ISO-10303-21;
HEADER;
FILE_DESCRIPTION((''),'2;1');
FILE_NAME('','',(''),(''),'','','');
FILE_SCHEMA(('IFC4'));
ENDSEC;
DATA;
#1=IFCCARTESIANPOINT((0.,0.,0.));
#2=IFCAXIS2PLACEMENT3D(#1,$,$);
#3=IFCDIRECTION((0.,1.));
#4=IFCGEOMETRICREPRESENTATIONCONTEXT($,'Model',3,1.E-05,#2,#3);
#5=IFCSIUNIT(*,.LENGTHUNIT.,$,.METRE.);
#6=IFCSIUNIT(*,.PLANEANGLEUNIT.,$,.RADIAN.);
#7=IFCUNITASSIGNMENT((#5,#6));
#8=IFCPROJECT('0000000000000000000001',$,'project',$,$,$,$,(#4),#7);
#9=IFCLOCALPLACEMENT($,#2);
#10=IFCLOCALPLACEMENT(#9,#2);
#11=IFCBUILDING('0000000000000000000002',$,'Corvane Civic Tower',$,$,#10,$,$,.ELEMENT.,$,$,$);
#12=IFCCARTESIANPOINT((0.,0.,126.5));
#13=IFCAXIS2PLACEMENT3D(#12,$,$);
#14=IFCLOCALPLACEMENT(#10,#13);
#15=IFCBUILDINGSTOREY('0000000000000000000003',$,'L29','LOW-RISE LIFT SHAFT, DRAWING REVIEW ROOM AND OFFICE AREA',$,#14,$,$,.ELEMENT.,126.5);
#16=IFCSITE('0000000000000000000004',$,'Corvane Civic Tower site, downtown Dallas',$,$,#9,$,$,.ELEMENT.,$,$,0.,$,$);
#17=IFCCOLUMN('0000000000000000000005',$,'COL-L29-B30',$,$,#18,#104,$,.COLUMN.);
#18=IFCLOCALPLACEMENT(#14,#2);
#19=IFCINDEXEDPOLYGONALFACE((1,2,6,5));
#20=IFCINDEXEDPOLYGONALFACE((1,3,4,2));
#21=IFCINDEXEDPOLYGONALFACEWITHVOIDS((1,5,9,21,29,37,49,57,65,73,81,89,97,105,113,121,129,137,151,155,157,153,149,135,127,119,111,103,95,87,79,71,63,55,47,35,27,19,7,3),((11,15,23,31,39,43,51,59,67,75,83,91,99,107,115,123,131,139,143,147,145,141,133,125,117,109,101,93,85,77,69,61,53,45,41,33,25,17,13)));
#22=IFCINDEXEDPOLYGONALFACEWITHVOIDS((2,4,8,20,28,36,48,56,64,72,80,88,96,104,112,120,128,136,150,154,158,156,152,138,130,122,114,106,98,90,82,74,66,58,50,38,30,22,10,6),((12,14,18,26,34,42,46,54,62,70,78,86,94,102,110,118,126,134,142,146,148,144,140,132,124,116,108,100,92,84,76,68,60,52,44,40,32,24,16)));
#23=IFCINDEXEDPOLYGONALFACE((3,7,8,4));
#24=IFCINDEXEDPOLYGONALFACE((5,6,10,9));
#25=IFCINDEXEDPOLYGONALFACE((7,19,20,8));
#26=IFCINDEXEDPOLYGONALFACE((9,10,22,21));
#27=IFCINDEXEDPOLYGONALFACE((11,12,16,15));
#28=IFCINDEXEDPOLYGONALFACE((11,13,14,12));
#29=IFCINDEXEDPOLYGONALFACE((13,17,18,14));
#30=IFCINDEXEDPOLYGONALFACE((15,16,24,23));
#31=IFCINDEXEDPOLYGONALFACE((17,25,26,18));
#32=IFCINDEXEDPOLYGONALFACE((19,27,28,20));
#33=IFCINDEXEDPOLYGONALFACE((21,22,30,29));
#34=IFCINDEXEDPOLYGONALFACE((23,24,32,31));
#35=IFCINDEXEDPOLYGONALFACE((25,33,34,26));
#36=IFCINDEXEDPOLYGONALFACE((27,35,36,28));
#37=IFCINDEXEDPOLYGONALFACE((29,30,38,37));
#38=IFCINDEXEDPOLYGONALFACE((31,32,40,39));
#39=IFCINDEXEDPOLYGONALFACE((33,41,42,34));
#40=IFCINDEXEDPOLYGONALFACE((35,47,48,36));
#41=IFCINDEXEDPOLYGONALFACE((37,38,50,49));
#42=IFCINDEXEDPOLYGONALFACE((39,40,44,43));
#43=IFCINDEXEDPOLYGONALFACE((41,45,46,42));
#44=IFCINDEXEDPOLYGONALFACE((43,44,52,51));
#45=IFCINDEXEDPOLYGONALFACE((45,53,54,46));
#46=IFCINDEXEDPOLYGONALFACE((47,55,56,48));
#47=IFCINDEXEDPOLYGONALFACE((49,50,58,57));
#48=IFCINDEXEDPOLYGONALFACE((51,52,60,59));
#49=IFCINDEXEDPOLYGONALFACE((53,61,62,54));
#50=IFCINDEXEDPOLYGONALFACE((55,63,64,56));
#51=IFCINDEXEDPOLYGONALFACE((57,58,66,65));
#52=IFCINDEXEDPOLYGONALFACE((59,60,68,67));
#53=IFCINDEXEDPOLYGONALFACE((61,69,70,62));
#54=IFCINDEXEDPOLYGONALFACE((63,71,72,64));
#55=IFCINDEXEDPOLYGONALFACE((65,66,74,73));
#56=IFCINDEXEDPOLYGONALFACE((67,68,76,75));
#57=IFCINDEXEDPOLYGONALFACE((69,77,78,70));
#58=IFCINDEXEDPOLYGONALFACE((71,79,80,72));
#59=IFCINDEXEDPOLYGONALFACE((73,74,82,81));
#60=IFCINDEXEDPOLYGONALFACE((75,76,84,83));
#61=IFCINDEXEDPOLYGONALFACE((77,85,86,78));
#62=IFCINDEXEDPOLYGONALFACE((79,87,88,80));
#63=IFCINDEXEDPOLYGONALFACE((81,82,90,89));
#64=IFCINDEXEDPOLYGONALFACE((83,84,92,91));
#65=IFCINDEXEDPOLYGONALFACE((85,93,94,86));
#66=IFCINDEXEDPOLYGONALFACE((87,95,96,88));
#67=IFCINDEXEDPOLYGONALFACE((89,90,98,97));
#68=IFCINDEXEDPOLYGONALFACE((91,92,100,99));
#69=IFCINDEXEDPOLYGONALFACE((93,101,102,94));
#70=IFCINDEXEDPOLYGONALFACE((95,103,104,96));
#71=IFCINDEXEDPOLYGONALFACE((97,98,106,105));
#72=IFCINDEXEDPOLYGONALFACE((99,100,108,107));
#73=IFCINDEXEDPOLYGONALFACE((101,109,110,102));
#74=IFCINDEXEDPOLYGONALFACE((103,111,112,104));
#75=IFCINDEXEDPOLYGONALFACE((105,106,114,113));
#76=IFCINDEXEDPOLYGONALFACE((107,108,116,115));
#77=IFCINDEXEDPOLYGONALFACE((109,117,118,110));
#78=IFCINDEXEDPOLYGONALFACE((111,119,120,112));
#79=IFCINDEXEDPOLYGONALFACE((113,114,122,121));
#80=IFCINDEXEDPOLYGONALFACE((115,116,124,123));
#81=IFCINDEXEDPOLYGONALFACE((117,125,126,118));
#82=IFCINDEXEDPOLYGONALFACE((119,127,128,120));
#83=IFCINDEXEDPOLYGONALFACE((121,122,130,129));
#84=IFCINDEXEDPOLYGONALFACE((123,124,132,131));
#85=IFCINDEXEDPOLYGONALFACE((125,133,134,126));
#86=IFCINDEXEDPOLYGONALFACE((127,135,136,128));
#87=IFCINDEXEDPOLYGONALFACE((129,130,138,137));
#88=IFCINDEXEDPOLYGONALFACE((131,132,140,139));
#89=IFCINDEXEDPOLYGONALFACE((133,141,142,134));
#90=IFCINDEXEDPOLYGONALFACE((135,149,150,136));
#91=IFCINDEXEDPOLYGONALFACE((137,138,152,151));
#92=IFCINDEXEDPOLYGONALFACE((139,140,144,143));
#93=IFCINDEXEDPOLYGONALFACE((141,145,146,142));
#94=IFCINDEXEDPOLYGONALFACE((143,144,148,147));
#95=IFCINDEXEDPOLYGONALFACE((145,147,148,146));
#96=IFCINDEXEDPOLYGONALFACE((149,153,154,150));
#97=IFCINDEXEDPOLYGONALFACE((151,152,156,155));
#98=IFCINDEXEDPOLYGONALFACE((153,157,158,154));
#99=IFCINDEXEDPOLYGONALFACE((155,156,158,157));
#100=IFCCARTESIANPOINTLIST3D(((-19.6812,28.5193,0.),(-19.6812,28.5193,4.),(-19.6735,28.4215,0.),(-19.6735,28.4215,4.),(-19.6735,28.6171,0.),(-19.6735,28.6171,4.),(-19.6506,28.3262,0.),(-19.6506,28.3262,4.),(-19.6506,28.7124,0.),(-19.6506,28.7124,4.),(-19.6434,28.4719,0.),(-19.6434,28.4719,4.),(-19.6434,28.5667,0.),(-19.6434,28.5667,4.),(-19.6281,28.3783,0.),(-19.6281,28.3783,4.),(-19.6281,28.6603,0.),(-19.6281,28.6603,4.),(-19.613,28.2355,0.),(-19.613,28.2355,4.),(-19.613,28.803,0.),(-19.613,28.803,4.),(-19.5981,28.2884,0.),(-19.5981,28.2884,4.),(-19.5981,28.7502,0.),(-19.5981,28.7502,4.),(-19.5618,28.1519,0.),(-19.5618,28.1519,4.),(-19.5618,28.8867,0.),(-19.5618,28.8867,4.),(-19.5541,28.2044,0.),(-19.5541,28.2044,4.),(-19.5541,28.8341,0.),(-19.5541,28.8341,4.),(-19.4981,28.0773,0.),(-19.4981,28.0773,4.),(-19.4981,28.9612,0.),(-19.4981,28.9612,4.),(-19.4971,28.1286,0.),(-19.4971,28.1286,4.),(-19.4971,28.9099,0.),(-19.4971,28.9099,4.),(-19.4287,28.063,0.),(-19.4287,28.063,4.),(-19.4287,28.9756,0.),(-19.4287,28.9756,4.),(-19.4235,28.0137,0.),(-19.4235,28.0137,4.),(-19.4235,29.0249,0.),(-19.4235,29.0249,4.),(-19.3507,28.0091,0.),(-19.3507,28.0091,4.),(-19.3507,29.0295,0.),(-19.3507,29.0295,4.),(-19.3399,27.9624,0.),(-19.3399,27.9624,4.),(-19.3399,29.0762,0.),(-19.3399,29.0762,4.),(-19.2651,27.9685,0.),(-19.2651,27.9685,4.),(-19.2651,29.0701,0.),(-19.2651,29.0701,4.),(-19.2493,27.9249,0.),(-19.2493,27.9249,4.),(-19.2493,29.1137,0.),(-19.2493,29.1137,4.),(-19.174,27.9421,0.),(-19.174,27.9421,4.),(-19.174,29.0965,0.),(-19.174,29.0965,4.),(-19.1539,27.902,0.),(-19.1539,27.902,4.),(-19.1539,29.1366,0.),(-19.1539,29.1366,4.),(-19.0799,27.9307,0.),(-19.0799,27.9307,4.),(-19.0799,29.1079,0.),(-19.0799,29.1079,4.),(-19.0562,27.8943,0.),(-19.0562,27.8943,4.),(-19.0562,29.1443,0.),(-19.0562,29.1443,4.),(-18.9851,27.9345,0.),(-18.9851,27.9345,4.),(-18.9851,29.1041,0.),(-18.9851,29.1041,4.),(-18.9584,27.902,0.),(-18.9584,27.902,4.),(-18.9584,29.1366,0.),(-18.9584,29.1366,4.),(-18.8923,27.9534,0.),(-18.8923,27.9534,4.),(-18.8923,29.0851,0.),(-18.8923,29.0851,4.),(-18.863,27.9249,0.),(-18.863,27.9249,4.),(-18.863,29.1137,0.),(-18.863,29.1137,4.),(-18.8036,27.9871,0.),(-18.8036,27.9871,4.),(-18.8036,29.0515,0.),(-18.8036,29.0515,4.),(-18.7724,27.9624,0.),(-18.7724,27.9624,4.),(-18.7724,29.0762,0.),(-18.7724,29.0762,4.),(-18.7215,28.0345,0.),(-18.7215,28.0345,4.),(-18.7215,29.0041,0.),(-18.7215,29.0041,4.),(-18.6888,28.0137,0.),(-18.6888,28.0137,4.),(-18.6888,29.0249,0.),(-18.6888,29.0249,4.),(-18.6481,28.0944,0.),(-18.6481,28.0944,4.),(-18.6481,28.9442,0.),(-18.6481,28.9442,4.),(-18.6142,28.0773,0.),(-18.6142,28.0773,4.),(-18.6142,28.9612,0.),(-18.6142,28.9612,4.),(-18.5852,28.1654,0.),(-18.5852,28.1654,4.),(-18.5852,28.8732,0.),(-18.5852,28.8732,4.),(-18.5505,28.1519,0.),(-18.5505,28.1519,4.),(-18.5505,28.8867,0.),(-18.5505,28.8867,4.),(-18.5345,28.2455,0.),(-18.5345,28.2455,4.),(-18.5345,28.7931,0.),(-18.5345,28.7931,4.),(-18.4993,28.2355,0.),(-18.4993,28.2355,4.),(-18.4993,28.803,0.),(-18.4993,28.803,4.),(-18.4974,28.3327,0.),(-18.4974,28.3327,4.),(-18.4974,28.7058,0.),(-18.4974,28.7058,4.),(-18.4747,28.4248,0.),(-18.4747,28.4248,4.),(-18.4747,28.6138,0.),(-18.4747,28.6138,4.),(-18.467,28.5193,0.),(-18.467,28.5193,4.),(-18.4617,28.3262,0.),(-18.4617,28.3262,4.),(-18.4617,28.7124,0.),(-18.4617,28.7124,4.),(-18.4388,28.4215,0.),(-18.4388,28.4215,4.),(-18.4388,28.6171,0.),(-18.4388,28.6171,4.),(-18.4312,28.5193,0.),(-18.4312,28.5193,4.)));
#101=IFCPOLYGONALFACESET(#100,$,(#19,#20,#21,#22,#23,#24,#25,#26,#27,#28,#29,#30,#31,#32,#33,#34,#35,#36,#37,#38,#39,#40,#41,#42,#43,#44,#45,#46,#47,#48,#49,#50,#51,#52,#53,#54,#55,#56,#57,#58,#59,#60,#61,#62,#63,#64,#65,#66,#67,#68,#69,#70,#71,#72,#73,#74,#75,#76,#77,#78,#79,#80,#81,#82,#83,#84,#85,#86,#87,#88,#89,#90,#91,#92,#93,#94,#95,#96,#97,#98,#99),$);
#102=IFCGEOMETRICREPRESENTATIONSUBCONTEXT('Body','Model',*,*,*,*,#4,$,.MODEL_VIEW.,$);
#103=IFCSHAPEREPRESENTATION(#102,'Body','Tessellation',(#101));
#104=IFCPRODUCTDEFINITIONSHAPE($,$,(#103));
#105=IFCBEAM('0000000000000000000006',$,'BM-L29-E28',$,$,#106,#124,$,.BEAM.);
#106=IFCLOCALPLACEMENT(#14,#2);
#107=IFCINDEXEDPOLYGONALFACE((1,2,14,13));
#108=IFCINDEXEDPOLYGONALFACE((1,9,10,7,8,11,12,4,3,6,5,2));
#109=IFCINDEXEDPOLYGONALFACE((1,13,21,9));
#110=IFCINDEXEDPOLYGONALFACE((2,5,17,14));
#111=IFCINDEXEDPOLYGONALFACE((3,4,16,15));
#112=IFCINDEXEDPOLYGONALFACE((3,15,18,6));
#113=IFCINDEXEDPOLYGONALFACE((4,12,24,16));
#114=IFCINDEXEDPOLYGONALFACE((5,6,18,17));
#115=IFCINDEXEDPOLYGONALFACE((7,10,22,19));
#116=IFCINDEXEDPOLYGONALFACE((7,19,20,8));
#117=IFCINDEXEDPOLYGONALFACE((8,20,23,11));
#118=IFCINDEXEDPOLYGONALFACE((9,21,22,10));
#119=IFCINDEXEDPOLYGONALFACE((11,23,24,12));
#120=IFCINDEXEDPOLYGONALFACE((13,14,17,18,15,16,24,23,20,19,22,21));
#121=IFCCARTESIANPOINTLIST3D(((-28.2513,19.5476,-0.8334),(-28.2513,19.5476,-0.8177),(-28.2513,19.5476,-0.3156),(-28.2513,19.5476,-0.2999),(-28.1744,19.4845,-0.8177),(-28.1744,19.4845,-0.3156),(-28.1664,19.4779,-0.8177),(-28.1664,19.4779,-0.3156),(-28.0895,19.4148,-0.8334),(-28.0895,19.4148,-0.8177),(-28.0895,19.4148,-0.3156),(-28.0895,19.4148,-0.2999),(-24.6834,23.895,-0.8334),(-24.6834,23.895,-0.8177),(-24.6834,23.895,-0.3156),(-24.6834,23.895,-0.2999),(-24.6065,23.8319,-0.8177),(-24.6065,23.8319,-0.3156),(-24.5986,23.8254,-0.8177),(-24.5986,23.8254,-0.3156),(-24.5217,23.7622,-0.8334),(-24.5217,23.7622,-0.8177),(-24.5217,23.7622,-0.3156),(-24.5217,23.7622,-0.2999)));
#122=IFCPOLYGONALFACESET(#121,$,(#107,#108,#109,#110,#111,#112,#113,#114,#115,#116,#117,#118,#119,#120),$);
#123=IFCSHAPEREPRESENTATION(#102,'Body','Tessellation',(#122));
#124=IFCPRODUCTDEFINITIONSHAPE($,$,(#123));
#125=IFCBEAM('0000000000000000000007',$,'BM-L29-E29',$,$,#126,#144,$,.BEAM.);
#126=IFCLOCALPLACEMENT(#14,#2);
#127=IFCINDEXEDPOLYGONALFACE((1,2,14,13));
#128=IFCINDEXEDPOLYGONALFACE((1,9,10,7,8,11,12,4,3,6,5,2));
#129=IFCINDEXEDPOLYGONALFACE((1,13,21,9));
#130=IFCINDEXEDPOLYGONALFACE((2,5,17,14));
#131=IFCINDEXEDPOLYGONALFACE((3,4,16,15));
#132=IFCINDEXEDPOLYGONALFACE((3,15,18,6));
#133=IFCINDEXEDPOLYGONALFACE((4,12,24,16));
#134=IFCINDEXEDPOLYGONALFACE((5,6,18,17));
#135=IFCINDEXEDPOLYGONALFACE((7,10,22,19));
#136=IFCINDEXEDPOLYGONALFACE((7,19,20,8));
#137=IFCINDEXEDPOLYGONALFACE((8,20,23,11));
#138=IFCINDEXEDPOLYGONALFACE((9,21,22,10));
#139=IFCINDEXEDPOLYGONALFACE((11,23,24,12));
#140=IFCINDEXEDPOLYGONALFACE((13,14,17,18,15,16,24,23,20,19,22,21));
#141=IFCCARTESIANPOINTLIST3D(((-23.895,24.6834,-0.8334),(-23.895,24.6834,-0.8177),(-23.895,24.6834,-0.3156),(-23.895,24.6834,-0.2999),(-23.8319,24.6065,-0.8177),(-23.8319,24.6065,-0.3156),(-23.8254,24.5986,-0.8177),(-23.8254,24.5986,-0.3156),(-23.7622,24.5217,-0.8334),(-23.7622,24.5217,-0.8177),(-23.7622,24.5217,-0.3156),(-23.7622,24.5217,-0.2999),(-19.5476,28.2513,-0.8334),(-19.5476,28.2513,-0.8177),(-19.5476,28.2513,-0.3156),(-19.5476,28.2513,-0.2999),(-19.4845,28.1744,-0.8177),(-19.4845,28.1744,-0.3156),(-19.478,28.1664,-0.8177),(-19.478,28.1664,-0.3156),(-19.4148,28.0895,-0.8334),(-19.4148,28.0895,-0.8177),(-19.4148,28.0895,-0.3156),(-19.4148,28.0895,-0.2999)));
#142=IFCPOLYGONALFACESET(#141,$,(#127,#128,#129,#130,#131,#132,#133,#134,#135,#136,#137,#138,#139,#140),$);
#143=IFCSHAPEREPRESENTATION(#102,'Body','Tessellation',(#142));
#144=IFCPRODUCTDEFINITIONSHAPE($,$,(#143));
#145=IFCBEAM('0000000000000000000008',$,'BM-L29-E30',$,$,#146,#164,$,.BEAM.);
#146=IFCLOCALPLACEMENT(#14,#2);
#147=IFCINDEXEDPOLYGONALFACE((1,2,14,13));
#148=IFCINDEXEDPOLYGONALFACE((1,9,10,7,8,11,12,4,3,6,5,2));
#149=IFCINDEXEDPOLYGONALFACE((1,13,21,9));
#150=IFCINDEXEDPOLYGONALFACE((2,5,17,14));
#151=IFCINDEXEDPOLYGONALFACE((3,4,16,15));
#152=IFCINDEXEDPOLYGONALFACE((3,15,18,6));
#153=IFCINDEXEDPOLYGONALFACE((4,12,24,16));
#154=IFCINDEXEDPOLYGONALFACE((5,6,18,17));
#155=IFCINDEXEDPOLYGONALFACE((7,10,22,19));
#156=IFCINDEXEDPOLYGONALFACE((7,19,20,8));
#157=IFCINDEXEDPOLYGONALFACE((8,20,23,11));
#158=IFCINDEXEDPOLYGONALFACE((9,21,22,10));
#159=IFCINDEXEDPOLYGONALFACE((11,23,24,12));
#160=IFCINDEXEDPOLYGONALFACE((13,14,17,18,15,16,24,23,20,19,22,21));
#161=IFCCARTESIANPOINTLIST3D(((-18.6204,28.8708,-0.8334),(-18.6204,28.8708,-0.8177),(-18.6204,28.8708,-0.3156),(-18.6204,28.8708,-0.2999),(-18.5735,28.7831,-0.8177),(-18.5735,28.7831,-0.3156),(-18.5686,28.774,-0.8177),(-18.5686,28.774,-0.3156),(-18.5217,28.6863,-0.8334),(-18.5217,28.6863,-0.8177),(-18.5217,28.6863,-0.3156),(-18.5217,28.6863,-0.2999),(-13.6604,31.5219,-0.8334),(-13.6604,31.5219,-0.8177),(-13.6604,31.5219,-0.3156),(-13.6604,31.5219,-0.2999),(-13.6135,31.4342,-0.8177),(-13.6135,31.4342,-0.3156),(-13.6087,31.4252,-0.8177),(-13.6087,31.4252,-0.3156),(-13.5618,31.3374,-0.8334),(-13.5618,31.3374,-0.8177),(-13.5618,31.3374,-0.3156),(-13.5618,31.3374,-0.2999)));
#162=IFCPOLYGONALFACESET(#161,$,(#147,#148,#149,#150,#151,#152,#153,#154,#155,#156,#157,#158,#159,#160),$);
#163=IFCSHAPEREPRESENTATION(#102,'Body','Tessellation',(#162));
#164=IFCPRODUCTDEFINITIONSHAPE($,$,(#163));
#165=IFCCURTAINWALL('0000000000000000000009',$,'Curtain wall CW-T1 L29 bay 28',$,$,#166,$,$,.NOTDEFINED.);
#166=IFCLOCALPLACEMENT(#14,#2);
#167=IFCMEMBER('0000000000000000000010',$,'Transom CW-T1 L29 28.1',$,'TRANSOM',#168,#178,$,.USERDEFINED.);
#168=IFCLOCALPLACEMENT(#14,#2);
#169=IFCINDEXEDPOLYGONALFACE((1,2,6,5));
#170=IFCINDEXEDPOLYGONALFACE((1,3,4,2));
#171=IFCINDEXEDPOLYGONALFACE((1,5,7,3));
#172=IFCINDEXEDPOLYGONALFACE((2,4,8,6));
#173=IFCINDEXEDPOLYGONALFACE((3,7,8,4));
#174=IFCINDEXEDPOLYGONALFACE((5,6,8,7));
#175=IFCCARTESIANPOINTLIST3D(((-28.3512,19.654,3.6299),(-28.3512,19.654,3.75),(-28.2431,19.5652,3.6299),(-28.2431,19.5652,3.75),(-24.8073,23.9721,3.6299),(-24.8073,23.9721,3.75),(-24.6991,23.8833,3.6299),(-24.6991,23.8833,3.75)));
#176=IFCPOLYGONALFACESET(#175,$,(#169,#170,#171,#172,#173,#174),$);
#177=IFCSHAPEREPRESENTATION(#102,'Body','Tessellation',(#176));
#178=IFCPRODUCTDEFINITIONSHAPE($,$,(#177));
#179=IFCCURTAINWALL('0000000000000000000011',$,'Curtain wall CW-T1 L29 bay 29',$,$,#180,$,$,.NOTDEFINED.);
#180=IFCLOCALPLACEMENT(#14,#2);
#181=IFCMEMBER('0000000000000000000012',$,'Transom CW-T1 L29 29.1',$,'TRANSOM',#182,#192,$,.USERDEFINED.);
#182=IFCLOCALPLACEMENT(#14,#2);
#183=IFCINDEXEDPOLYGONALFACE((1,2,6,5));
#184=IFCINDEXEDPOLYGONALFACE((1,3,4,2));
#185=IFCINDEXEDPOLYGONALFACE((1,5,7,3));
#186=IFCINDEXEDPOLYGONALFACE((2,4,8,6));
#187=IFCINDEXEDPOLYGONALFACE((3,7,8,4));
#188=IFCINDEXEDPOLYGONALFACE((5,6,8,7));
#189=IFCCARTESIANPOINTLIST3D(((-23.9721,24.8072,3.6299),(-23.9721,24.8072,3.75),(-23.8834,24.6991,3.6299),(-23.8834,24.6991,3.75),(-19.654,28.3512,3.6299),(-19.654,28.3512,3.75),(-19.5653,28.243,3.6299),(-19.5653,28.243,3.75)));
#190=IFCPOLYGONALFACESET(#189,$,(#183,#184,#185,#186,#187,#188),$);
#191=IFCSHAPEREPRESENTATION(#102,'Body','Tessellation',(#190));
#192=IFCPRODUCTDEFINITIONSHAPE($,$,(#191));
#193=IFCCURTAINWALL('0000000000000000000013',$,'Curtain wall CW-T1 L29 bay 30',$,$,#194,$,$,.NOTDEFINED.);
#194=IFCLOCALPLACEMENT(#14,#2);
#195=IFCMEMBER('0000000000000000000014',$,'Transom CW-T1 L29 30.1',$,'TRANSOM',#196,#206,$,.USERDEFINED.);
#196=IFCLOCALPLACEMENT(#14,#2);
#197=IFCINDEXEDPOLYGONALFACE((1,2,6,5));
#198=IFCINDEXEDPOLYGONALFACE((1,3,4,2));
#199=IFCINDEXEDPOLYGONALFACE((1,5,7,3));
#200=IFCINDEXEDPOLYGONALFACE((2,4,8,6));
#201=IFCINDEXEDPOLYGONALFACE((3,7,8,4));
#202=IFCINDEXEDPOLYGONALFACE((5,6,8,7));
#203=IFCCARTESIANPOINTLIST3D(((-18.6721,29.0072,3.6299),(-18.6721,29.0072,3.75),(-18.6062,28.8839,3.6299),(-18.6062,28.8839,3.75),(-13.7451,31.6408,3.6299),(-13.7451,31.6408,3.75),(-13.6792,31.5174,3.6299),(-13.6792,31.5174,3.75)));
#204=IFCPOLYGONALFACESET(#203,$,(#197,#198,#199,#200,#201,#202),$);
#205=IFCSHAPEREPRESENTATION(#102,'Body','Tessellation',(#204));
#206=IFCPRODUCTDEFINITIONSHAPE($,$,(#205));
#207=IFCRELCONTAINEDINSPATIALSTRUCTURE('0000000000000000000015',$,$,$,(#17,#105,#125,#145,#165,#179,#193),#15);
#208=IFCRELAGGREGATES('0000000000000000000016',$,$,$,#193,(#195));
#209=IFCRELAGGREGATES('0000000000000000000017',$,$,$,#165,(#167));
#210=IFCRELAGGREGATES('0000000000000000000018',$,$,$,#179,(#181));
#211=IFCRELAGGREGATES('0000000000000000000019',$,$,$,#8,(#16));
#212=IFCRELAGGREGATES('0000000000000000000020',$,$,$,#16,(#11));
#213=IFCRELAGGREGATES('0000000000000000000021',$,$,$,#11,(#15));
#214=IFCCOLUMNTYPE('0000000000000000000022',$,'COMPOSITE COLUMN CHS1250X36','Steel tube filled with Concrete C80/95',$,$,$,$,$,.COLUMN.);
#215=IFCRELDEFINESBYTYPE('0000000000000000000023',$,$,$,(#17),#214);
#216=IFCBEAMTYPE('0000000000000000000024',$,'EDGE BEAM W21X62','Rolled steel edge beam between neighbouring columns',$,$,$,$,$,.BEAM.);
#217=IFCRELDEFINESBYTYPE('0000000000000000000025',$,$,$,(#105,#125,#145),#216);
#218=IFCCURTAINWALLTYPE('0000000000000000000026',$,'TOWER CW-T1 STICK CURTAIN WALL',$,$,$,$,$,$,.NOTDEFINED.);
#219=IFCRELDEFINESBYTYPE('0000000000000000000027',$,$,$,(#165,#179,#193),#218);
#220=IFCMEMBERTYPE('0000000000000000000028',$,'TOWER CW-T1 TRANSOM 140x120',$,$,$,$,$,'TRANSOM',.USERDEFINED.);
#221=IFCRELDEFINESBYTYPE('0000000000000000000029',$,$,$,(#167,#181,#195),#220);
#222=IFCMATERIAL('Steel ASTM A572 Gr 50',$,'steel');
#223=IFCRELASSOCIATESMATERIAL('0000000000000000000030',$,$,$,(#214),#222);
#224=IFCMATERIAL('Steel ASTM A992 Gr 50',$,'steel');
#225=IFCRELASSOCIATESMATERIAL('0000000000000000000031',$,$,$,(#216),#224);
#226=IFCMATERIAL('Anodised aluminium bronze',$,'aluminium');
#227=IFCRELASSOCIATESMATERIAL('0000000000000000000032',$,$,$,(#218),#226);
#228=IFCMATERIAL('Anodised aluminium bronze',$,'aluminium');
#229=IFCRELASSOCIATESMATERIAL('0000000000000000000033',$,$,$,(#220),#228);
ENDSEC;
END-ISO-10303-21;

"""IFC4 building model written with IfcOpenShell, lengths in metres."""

from ifc_helpers import new_model, si_unit, direction, frame, origin, origin_2d, place, context, subcontext, project, spatial, rectangle, hollow_circle, i_section, extrude, material, material_profile, profile_set, type_object, element, aggregate, save


model = new_model("IFC4")

# Units and contexts
model_context = context("Model", 3, precision=1e-05, world=origin(), true_north=direction((0.0, 1.0)))
body_context = subcontext(model_context, "Body", "Model", "MODEL_VIEW")
ifc_project = project(units=[si_unit("LENGTHUNIT", "METRE"), si_unit("PLANEANGLEUNIT", "RADIAN")], contexts=[model_context])

# Site, building, storey
site_placement = place(None, origin())
site = spatial("IfcSite", under=ifc_project, at=site_placement, Name="Corvane Civic Tower site, downtown Dallas", CompositionType="ELEMENT", RefElevation=0.0)
building_placement = place(site_placement, origin())
building = spatial("IfcBuilding", under=site, at=building_placement, Name="Corvane Civic Tower", CompositionType="ELEMENT")
storey_placement = place(building_placement, frame((0.0, 0.0, 126.5)))
storey = spatial("IfcBuildingStorey", under=building, at=storey_placement, Name="L29", Description="LOW-RISE LIFT SHAFT, DRAWING REVIEW ROOM AND OFFICE AREA", CompositionType="ELEMENT", Elevation=126.5)

# Column
ifc_material_1 = material(Name="Steel ASTM A572 Gr 50", Category="steel")
ifc_material_profile_1 = material_profile(ifc_material_1, hollow_circle(Radius=0.625, WallThickness=0.0359, at=origin_2d()), Name="CHS1250X36")
ifc_profile_set_1 = profile_set([ifc_material_profile_1], Name="Steel ASTM A572 Gr 50")
column_type = type_object("IfcColumnType", Name="COMPOSITE COLUMN CHS1250X36", Description="Steel tube filled with Concrete C80/95", PredefinedType="COLUMN", material=ifc_profile_set_1)
for number, where, z_axis, x_axis, name in (
    (1, (-19.0562, 28.5193, 0.0), (0.0, 0.0, 1.0), (1.0, 0.0, 0.0), "COL-L29-B30"),
):
    element("IfcColumn", number, at=place(storey_placement, frame(where, z_axis=z_axis, x_axis=x_axis)), inside=storey, type_object=column_type, Name=name, PredefinedType="COLUMN", context=body_context, shape_type="SweptSolid", body=[
        extrude(hollow_circle(Radius=0.625, WallThickness=0.0359, at=origin_2d()), origin(), (0.0, 0.0, 1.0), 4.0),
    ])

# Beams
ifc_material_2 = material(Name="Steel ASTM A992 Gr 50", Category="steel")
ifc_material_profile_2 = material_profile(ifc_material_2, i_section(OverallWidth=0.2092, OverallDepth=0.5334, WebThickness=0.0103, FlangeThickness=0.0156, at=origin_2d()), Name="W21X62")
ifc_profile_set_2 = profile_set([ifc_material_profile_2], Name="Steel ASTM A992 Gr 50")
beam_type = type_object("IfcBeamType", Name="EDGE BEAM W21X62", Description="Rolled steel edge beam between neighbouring columns", PredefinedType="BEAM", material=ifc_profile_set_2)
for number, where, z_axis, x_axis, name in (
    (2, (-28.1704, 19.4812, -0.5667), (0.634398, 0.773007, 0.0), (-0.773007, 0.634398, 0.0), "BM-L29-E28"),
    (3, (-23.8286, 24.6025, -0.5667), (0.773007, 0.634398, 0.0), (-0.634398, 0.773007, 0.0), "BM-L29-E29"),
    (4, (-18.571, 28.7786, -0.5667), (0.881924, 0.471392, 0.0), (-0.471392, 0.881924, 0.0), "BM-L29-E30"),
):
    element("IfcBeam", number, at=place(storey_placement, frame(where, z_axis=z_axis, x_axis=x_axis)), inside=storey, type_object=beam_type, Name=name, PredefinedType="BEAM", context=body_context, shape_type="SweptSolid", body=[
        extrude(i_section(OverallWidth=0.2092, OverallDepth=0.5334, WebThickness=0.0103, FlangeThickness=0.0156, at=origin_2d()), origin(), (0.0, 0.0, 1.0), 5.624),
    ])

# Curtain walls, members
ifc_material_3 = material(Name="Anodised aluminium bronze", Category="aluminium")
curtain_wall_type = type_object("IfcCurtainWallType", Name="TOWER CW-T1 STICK CURTAIN WALL", PredefinedType="NOTDEFINED", material=ifc_material_3)
curtain_wall_1_placement = place(storey_placement, origin())
curtain_wall_1 = element("IfcCurtainWall", 5, at=curtain_wall_1_placement, inside=storey, type_object=curtain_wall_type, Name="Curtain wall CW-T1 L29 bay 28", PredefinedType="NOTDEFINED")
ifc_material_4 = material(Name="Anodised aluminium bronze", Category="aluminium")
ifc_material_profile_3 = material_profile(ifc_material_4, rectangle(XDim=0.1399, YDim=0.1201, at=origin_2d()), Name="TOWER CW-T1 TRANSOM 140x120")
ifc_profile_set_3 = profile_set([ifc_material_profile_3], Name="Anodised aluminium bronze")
member_type = type_object("IfcMemberType", Name="TOWER CW-T1 TRANSOM 140x120", ElementType="TRANSOM", PredefinedType="USERDEFINED", material=ifc_profile_set_3)
member_1_placement = place(storey_placement, frame((-28.2971, 19.6096, 3.6899), z_axis=(0.63441, 0.772996, 0.0), x_axis=(-0.772996, 0.63441, 0.0)))
member_1 = element("IfcMember", 6, at=member_1_placement, type_object=member_type, Name="Transom CW-T1 L29 28.1", ObjectType="TRANSOM", PredefinedType="USERDEFINED", context=body_context, shape_type="SweptSolid", body=[
    extrude(rectangle(XDim=0.1399, YDim=0.1201, at=origin_2d()), origin(), (0.0, 0.0, 1.0), 5.5862),
])
curtain_wall_2_placement = place(storey_placement, origin())
curtain_wall_2 = element("IfcCurtainWall", 7, at=curtain_wall_2_placement, inside=storey, type_object=curtain_wall_type, Name="Curtain wall CW-T1 L29 bay 29", PredefinedType="NOTDEFINED")
member_2_placement = place(storey_placement, frame((-23.9277, 24.7532, 3.6899), z_axis=(0.772996, 0.63441, 0.0), x_axis=(-0.63441, 0.772996, 0.0)))
member_2 = element("IfcMember", 8, at=member_2_placement, type_object=member_type, Name="Transom CW-T1 L29 29.1", ObjectType="TRANSOM", PredefinedType="USERDEFINED", context=body_context, shape_type="SweptSolid", body=[
    extrude(rectangle(XDim=0.1399, YDim=0.1201, at=origin_2d()), origin(), (0.0, 0.0, 1.0), 5.5862),
])
curtain_wall_3_placement = place(storey_placement, origin())
curtain_wall_3 = element("IfcCurtainWall", 9, at=curtain_wall_3_placement, inside=storey, type_object=curtain_wall_type, Name="Curtain wall CW-T1 L29 bay 30", PredefinedType="NOTDEFINED")
member_3_placement = place(storey_placement, frame((-18.6392, 28.9456, 3.6899), z_axis=(0.881921, 0.471398, 0.0), x_axis=(-0.471398, 0.881921, 0.0)))
member_3 = element("IfcMember", 10, at=member_3_placement, type_object=member_type, Name="Transom CW-T1 L29 30.1", ObjectType="TRANSOM", PredefinedType="USERDEFINED", context=body_context, shape_type="SweptSolid", body=[
    extrude(rectangle(XDim=0.1399, YDim=0.1201, at=origin_2d()), origin(), (0.0, 0.0, 1.0), 5.5867),
])
aggregate(curtain_wall_3, [member_3])

aggregate(curtain_wall_1, [member_1])
aggregate(curtain_wall_2, [member_2])

save(model, "model.ifc")
